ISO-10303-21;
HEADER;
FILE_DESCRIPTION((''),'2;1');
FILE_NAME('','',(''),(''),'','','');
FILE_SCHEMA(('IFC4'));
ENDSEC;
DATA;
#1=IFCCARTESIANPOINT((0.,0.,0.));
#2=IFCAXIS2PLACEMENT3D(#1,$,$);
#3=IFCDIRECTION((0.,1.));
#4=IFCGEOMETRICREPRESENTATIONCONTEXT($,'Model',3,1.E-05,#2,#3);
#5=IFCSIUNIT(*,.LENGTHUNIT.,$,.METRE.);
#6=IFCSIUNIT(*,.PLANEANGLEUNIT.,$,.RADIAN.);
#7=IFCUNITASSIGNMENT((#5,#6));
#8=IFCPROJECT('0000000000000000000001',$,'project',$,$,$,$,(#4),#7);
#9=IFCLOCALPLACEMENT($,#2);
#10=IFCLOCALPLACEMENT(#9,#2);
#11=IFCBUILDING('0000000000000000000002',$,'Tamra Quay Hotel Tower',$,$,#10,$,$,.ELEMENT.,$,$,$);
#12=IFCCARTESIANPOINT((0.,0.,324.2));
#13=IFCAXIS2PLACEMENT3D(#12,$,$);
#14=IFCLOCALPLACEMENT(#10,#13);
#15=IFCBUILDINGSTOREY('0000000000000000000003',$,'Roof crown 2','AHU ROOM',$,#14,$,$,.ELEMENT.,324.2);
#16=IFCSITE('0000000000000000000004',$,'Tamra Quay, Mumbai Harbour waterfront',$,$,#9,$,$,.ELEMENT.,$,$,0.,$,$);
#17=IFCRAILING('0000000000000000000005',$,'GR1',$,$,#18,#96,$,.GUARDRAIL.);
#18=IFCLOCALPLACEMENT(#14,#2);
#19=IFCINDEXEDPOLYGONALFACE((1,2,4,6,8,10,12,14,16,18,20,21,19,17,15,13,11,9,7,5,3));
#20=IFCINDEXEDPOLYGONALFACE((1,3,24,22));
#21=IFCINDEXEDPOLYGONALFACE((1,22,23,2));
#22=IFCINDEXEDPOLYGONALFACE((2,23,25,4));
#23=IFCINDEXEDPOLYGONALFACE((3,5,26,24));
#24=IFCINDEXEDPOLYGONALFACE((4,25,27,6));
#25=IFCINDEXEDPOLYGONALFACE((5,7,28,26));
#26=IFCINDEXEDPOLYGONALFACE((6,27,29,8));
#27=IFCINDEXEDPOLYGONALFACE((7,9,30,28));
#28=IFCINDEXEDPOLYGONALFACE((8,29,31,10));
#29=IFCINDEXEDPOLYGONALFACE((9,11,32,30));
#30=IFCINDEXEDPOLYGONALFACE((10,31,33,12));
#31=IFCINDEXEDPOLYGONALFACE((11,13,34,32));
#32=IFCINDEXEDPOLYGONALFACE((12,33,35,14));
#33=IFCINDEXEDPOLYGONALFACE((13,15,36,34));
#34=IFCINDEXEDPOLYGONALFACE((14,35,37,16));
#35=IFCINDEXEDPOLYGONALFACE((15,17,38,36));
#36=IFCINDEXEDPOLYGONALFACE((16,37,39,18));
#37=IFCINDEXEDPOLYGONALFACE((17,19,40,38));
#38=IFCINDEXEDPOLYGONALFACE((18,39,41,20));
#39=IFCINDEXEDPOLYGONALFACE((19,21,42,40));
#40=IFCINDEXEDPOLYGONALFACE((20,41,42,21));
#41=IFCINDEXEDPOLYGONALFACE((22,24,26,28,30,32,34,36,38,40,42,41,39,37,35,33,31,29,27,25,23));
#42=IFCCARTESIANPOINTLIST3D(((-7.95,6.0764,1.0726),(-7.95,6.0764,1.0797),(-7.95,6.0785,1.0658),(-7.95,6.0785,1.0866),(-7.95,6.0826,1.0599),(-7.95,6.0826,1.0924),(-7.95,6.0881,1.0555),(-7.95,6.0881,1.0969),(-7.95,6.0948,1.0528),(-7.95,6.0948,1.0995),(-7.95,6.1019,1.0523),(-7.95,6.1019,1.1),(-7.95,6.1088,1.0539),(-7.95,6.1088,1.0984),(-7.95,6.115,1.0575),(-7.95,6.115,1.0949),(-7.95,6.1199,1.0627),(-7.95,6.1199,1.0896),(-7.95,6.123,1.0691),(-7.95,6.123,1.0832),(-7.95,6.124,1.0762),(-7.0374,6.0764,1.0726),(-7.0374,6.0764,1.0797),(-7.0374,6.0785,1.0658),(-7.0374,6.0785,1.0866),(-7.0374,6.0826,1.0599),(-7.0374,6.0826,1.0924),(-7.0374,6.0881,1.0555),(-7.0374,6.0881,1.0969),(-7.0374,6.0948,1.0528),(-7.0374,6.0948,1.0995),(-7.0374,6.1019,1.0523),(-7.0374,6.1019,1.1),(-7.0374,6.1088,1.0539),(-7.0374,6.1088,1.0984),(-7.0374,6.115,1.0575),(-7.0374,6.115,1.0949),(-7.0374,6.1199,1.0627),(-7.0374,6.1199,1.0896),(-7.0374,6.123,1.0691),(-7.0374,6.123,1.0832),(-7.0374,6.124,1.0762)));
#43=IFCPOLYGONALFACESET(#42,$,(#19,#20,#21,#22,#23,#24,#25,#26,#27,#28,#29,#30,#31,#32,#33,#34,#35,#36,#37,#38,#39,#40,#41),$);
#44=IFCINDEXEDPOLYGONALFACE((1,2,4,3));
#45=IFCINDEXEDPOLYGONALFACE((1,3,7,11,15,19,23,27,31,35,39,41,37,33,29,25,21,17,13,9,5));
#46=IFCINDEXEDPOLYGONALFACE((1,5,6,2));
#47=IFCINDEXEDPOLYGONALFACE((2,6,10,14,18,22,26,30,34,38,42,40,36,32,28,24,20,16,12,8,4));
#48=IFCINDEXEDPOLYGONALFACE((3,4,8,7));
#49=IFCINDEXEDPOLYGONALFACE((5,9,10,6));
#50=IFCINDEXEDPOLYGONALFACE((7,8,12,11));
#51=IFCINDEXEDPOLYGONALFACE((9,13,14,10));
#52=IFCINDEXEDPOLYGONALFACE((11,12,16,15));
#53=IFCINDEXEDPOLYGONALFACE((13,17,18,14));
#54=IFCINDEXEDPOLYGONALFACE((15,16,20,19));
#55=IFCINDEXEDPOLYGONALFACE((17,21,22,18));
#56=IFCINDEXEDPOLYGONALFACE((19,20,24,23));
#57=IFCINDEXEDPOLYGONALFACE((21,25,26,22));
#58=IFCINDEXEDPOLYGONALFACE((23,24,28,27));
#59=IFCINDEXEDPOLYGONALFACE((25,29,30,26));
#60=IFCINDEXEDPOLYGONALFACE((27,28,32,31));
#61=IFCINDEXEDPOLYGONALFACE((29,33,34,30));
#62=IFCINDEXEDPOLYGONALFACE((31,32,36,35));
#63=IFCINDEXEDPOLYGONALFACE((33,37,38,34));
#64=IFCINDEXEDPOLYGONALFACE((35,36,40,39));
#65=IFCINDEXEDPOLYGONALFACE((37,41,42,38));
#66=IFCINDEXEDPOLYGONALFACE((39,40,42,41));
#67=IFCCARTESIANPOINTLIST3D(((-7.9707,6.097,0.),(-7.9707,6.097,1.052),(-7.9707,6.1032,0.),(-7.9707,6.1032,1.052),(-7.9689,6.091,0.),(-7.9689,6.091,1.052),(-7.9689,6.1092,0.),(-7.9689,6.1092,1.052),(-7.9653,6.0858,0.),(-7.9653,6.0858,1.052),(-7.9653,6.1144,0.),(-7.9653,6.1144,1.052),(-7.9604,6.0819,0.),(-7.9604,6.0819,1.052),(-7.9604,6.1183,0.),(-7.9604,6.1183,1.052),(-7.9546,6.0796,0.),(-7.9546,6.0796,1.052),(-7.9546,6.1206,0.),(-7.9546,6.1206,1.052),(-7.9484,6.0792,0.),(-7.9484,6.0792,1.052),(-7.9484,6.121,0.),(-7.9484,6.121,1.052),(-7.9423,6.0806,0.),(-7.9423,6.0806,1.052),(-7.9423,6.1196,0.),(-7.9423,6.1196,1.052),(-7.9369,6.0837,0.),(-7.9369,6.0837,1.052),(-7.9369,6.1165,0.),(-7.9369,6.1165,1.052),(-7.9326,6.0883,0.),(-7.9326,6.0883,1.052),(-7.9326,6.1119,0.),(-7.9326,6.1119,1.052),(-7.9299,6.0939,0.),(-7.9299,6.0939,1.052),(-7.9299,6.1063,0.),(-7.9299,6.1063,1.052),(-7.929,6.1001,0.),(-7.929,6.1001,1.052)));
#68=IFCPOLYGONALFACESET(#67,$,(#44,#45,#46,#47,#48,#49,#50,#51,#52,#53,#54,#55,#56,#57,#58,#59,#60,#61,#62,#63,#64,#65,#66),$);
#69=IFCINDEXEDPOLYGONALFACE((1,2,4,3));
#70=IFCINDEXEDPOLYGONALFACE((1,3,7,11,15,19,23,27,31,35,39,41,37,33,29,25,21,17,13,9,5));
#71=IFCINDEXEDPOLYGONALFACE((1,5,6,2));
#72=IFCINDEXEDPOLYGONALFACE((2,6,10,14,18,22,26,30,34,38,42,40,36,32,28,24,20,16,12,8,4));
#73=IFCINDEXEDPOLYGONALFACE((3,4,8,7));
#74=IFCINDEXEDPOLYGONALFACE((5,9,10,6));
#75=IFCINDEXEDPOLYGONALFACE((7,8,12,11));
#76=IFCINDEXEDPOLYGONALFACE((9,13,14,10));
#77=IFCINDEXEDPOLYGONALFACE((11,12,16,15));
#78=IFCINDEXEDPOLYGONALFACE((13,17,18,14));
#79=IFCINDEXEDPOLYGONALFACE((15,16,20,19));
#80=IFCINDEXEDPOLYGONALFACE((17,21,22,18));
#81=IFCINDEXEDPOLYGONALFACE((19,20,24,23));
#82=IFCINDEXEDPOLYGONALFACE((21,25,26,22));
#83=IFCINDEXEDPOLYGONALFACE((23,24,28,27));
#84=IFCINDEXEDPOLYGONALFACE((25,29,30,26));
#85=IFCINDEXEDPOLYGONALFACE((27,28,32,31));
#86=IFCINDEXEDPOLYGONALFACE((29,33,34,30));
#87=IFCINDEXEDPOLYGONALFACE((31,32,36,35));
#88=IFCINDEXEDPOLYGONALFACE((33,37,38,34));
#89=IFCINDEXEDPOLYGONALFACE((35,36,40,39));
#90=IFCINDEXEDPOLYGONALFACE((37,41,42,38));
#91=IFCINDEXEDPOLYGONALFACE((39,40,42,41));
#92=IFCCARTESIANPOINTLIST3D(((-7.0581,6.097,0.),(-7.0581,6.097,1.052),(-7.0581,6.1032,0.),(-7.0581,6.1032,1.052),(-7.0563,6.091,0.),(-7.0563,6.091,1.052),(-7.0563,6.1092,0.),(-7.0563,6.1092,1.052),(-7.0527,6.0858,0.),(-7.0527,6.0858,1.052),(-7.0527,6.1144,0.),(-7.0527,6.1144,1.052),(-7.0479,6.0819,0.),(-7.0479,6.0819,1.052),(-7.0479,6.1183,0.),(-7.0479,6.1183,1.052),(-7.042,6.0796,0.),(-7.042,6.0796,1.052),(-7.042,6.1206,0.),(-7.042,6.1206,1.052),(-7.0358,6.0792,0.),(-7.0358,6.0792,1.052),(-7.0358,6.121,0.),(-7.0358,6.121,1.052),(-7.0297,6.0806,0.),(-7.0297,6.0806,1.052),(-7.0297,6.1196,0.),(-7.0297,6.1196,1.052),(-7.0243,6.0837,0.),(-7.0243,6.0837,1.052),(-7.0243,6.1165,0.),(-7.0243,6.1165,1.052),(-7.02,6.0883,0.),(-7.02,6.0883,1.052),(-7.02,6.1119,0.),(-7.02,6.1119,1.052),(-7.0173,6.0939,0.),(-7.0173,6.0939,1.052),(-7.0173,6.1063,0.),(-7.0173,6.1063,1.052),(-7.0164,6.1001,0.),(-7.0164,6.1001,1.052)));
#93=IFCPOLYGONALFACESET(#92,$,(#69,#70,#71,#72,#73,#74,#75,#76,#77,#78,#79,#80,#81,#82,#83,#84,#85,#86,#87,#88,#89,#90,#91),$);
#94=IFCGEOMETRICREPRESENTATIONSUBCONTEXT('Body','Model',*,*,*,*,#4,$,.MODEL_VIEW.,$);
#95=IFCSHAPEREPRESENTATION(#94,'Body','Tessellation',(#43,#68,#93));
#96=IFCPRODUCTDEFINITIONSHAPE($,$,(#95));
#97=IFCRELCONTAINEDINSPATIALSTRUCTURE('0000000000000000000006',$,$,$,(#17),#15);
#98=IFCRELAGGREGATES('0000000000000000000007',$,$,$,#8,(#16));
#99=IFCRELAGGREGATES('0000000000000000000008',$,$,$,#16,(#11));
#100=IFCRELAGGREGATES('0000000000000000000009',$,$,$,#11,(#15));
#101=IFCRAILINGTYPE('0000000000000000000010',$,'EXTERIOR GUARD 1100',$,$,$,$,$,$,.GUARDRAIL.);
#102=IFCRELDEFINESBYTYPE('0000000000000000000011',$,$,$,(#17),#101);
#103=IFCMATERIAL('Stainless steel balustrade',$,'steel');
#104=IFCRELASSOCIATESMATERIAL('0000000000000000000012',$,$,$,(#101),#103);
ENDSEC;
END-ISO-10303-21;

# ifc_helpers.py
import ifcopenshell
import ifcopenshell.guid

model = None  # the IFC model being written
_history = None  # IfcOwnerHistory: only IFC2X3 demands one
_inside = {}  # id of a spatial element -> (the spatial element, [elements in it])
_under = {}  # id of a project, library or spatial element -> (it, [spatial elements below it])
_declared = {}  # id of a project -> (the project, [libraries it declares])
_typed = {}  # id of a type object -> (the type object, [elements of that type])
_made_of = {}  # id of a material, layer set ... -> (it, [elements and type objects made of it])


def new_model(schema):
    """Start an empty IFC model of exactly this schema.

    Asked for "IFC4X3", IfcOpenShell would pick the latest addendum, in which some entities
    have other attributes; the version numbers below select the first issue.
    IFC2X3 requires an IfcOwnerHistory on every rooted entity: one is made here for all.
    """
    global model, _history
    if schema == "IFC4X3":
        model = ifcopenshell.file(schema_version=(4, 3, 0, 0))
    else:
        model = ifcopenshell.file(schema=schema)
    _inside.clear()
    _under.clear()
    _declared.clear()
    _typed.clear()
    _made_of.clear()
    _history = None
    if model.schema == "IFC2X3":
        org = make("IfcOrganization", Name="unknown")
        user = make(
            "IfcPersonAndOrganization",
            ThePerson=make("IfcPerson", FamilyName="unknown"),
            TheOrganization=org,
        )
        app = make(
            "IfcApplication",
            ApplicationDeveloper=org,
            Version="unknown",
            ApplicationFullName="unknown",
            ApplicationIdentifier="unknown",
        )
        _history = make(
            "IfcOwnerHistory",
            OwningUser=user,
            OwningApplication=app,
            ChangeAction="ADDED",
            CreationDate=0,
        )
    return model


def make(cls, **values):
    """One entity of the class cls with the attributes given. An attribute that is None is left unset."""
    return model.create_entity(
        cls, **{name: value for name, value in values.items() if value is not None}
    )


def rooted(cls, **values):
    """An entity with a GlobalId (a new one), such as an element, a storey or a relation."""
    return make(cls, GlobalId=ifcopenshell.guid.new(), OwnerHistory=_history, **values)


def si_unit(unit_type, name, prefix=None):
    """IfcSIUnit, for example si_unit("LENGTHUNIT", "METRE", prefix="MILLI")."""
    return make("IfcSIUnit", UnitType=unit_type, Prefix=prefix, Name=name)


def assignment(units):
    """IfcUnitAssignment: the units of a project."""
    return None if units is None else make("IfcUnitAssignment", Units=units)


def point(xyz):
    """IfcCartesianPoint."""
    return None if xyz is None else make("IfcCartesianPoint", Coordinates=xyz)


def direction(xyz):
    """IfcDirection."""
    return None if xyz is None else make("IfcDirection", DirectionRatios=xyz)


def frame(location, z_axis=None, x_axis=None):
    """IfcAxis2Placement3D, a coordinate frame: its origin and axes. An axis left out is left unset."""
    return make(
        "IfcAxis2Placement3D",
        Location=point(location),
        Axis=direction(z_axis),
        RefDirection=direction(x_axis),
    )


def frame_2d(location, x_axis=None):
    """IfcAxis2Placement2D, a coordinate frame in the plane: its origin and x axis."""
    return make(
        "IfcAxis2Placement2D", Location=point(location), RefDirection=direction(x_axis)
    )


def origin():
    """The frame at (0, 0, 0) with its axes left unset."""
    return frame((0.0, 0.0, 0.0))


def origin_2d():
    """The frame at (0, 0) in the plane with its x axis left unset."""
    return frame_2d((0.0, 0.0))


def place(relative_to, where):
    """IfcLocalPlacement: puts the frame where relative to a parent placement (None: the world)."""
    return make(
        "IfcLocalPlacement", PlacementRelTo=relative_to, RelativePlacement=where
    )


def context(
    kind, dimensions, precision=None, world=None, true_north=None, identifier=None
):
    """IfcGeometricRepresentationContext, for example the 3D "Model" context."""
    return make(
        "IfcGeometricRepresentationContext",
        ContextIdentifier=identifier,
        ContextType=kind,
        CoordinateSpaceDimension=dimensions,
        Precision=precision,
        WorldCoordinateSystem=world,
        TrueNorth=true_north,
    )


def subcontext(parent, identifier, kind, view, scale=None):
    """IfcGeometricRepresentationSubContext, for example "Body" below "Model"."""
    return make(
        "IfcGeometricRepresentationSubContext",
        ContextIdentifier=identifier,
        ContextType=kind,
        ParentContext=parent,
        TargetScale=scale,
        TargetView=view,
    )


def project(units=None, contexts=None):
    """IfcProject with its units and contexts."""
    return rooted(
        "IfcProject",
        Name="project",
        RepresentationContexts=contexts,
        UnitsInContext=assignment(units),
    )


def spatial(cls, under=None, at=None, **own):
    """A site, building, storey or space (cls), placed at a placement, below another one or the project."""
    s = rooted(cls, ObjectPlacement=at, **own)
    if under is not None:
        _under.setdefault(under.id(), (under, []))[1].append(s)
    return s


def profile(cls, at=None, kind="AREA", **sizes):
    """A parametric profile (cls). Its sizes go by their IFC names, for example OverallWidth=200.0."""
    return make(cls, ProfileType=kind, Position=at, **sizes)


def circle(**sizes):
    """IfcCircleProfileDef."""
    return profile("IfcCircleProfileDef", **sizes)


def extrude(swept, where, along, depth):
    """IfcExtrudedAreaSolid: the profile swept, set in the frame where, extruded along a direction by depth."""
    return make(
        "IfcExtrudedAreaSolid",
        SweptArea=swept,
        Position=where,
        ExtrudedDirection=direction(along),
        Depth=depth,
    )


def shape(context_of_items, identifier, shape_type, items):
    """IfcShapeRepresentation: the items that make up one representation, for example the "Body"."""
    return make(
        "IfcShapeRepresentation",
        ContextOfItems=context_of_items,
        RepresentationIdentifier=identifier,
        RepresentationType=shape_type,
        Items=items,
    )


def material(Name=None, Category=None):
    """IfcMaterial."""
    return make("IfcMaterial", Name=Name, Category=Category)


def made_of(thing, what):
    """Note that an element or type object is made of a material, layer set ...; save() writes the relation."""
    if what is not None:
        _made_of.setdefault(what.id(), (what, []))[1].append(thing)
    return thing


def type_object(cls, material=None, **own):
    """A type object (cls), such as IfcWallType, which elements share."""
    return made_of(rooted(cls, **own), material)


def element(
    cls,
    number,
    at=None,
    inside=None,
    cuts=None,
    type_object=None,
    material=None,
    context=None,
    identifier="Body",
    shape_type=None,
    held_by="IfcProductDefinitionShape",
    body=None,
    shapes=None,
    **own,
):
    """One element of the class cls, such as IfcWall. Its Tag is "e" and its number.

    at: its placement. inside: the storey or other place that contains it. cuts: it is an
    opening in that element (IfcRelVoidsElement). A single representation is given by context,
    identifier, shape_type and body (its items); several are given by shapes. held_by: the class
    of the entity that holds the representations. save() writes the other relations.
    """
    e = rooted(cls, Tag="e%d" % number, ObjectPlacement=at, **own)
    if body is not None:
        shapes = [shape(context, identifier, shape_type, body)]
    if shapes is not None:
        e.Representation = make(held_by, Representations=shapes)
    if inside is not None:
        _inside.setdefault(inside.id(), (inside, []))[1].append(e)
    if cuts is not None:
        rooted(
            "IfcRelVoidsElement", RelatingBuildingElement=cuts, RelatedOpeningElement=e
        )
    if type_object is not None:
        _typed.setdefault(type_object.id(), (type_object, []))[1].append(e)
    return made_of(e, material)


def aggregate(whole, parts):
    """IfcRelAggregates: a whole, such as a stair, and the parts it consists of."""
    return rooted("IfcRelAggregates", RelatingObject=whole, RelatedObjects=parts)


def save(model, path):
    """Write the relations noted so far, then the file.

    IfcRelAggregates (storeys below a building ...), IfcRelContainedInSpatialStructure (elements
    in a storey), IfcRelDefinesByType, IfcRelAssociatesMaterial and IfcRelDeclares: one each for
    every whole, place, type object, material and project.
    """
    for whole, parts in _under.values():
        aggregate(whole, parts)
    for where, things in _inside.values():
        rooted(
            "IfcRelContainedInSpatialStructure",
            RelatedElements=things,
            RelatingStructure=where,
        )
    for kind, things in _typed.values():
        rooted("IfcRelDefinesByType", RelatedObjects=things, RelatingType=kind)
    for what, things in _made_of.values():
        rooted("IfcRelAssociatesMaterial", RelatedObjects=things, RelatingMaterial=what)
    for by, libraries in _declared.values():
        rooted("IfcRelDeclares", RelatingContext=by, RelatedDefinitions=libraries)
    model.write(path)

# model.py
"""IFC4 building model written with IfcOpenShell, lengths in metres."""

from ifc_helpers import new_model, si_unit, direction, frame, origin, origin_2d, place, context, subcontext, project, spatial, circle, extrude, material, type_object, element, save


model = new_model("IFC4")

# Units and contexts
model_context = context("Model", 3, precision=1e-05, world=origin(), true_north=direction((0.0, 1.0)))
body_context = subcontext(model_context, "Body", "Model", "MODEL_VIEW")
ifc_project = project(units=[si_unit("LENGTHUNIT", "METRE"), si_unit("PLANEANGLEUNIT", "RADIAN")], contexts=[model_context])

# Site, building, storey
site_placement = place(None, origin())
site = spatial("IfcSite", under=ifc_project, at=site_placement, Name="Tamra Quay, Mumbai Harbour waterfront", CompositionType="ELEMENT", RefElevation=0.0)
building_placement = place(site_placement, origin())
building = spatial("IfcBuilding", under=site, at=building_placement, Name="Tamra Quay Hotel Tower", CompositionType="ELEMENT")
storey_placement = place(building_placement, frame((0.0, 0.0, 324.2)))
storey = spatial("IfcBuildingStorey", under=building, at=storey_placement, Name="Roof crown 2", Description="AHU ROOM", CompositionType="ELEMENT", Elevation=324.2)

# Railing
ifc_material_1 = material(Name="Stainless steel balustrade", Category="steel")
railing_type = type_object("IfcRailingType", Name="EXTERIOR GUARD 1100", PredefinedType="GUARDRAIL", material=ifc_material_1)
railing_placement = place(storey_placement, frame((-7.95, 6.1001, 0.0)))
element("IfcRailing", 1, at=railing_placement, inside=storey, type_object=railing_type, Name="GR1", PredefinedType="GUARDRAIL", context=body_context, shape_type="SweptSolid", body=[
    extrude(circle(Radius=0.0239, at=origin_2d()), frame((0.0, 0.0, 1.0762), z_axis=(1.0, 0.0, 0.0), x_axis=(0.0, 1.0, 0.0)), (0.0, 0.0, 1.0), 0.9126),
    extrude(circle(Radius=0.021, at=origin_2d()), origin(), (0.0, 0.0, 1.0), 1.052),
    extrude(circle(Radius=0.021, at=origin_2d()), frame((0.9126, 0.0, 0.0)), (0.0, 0.0, 1.0), 1.052),
])

save(model, "model.ifc")
